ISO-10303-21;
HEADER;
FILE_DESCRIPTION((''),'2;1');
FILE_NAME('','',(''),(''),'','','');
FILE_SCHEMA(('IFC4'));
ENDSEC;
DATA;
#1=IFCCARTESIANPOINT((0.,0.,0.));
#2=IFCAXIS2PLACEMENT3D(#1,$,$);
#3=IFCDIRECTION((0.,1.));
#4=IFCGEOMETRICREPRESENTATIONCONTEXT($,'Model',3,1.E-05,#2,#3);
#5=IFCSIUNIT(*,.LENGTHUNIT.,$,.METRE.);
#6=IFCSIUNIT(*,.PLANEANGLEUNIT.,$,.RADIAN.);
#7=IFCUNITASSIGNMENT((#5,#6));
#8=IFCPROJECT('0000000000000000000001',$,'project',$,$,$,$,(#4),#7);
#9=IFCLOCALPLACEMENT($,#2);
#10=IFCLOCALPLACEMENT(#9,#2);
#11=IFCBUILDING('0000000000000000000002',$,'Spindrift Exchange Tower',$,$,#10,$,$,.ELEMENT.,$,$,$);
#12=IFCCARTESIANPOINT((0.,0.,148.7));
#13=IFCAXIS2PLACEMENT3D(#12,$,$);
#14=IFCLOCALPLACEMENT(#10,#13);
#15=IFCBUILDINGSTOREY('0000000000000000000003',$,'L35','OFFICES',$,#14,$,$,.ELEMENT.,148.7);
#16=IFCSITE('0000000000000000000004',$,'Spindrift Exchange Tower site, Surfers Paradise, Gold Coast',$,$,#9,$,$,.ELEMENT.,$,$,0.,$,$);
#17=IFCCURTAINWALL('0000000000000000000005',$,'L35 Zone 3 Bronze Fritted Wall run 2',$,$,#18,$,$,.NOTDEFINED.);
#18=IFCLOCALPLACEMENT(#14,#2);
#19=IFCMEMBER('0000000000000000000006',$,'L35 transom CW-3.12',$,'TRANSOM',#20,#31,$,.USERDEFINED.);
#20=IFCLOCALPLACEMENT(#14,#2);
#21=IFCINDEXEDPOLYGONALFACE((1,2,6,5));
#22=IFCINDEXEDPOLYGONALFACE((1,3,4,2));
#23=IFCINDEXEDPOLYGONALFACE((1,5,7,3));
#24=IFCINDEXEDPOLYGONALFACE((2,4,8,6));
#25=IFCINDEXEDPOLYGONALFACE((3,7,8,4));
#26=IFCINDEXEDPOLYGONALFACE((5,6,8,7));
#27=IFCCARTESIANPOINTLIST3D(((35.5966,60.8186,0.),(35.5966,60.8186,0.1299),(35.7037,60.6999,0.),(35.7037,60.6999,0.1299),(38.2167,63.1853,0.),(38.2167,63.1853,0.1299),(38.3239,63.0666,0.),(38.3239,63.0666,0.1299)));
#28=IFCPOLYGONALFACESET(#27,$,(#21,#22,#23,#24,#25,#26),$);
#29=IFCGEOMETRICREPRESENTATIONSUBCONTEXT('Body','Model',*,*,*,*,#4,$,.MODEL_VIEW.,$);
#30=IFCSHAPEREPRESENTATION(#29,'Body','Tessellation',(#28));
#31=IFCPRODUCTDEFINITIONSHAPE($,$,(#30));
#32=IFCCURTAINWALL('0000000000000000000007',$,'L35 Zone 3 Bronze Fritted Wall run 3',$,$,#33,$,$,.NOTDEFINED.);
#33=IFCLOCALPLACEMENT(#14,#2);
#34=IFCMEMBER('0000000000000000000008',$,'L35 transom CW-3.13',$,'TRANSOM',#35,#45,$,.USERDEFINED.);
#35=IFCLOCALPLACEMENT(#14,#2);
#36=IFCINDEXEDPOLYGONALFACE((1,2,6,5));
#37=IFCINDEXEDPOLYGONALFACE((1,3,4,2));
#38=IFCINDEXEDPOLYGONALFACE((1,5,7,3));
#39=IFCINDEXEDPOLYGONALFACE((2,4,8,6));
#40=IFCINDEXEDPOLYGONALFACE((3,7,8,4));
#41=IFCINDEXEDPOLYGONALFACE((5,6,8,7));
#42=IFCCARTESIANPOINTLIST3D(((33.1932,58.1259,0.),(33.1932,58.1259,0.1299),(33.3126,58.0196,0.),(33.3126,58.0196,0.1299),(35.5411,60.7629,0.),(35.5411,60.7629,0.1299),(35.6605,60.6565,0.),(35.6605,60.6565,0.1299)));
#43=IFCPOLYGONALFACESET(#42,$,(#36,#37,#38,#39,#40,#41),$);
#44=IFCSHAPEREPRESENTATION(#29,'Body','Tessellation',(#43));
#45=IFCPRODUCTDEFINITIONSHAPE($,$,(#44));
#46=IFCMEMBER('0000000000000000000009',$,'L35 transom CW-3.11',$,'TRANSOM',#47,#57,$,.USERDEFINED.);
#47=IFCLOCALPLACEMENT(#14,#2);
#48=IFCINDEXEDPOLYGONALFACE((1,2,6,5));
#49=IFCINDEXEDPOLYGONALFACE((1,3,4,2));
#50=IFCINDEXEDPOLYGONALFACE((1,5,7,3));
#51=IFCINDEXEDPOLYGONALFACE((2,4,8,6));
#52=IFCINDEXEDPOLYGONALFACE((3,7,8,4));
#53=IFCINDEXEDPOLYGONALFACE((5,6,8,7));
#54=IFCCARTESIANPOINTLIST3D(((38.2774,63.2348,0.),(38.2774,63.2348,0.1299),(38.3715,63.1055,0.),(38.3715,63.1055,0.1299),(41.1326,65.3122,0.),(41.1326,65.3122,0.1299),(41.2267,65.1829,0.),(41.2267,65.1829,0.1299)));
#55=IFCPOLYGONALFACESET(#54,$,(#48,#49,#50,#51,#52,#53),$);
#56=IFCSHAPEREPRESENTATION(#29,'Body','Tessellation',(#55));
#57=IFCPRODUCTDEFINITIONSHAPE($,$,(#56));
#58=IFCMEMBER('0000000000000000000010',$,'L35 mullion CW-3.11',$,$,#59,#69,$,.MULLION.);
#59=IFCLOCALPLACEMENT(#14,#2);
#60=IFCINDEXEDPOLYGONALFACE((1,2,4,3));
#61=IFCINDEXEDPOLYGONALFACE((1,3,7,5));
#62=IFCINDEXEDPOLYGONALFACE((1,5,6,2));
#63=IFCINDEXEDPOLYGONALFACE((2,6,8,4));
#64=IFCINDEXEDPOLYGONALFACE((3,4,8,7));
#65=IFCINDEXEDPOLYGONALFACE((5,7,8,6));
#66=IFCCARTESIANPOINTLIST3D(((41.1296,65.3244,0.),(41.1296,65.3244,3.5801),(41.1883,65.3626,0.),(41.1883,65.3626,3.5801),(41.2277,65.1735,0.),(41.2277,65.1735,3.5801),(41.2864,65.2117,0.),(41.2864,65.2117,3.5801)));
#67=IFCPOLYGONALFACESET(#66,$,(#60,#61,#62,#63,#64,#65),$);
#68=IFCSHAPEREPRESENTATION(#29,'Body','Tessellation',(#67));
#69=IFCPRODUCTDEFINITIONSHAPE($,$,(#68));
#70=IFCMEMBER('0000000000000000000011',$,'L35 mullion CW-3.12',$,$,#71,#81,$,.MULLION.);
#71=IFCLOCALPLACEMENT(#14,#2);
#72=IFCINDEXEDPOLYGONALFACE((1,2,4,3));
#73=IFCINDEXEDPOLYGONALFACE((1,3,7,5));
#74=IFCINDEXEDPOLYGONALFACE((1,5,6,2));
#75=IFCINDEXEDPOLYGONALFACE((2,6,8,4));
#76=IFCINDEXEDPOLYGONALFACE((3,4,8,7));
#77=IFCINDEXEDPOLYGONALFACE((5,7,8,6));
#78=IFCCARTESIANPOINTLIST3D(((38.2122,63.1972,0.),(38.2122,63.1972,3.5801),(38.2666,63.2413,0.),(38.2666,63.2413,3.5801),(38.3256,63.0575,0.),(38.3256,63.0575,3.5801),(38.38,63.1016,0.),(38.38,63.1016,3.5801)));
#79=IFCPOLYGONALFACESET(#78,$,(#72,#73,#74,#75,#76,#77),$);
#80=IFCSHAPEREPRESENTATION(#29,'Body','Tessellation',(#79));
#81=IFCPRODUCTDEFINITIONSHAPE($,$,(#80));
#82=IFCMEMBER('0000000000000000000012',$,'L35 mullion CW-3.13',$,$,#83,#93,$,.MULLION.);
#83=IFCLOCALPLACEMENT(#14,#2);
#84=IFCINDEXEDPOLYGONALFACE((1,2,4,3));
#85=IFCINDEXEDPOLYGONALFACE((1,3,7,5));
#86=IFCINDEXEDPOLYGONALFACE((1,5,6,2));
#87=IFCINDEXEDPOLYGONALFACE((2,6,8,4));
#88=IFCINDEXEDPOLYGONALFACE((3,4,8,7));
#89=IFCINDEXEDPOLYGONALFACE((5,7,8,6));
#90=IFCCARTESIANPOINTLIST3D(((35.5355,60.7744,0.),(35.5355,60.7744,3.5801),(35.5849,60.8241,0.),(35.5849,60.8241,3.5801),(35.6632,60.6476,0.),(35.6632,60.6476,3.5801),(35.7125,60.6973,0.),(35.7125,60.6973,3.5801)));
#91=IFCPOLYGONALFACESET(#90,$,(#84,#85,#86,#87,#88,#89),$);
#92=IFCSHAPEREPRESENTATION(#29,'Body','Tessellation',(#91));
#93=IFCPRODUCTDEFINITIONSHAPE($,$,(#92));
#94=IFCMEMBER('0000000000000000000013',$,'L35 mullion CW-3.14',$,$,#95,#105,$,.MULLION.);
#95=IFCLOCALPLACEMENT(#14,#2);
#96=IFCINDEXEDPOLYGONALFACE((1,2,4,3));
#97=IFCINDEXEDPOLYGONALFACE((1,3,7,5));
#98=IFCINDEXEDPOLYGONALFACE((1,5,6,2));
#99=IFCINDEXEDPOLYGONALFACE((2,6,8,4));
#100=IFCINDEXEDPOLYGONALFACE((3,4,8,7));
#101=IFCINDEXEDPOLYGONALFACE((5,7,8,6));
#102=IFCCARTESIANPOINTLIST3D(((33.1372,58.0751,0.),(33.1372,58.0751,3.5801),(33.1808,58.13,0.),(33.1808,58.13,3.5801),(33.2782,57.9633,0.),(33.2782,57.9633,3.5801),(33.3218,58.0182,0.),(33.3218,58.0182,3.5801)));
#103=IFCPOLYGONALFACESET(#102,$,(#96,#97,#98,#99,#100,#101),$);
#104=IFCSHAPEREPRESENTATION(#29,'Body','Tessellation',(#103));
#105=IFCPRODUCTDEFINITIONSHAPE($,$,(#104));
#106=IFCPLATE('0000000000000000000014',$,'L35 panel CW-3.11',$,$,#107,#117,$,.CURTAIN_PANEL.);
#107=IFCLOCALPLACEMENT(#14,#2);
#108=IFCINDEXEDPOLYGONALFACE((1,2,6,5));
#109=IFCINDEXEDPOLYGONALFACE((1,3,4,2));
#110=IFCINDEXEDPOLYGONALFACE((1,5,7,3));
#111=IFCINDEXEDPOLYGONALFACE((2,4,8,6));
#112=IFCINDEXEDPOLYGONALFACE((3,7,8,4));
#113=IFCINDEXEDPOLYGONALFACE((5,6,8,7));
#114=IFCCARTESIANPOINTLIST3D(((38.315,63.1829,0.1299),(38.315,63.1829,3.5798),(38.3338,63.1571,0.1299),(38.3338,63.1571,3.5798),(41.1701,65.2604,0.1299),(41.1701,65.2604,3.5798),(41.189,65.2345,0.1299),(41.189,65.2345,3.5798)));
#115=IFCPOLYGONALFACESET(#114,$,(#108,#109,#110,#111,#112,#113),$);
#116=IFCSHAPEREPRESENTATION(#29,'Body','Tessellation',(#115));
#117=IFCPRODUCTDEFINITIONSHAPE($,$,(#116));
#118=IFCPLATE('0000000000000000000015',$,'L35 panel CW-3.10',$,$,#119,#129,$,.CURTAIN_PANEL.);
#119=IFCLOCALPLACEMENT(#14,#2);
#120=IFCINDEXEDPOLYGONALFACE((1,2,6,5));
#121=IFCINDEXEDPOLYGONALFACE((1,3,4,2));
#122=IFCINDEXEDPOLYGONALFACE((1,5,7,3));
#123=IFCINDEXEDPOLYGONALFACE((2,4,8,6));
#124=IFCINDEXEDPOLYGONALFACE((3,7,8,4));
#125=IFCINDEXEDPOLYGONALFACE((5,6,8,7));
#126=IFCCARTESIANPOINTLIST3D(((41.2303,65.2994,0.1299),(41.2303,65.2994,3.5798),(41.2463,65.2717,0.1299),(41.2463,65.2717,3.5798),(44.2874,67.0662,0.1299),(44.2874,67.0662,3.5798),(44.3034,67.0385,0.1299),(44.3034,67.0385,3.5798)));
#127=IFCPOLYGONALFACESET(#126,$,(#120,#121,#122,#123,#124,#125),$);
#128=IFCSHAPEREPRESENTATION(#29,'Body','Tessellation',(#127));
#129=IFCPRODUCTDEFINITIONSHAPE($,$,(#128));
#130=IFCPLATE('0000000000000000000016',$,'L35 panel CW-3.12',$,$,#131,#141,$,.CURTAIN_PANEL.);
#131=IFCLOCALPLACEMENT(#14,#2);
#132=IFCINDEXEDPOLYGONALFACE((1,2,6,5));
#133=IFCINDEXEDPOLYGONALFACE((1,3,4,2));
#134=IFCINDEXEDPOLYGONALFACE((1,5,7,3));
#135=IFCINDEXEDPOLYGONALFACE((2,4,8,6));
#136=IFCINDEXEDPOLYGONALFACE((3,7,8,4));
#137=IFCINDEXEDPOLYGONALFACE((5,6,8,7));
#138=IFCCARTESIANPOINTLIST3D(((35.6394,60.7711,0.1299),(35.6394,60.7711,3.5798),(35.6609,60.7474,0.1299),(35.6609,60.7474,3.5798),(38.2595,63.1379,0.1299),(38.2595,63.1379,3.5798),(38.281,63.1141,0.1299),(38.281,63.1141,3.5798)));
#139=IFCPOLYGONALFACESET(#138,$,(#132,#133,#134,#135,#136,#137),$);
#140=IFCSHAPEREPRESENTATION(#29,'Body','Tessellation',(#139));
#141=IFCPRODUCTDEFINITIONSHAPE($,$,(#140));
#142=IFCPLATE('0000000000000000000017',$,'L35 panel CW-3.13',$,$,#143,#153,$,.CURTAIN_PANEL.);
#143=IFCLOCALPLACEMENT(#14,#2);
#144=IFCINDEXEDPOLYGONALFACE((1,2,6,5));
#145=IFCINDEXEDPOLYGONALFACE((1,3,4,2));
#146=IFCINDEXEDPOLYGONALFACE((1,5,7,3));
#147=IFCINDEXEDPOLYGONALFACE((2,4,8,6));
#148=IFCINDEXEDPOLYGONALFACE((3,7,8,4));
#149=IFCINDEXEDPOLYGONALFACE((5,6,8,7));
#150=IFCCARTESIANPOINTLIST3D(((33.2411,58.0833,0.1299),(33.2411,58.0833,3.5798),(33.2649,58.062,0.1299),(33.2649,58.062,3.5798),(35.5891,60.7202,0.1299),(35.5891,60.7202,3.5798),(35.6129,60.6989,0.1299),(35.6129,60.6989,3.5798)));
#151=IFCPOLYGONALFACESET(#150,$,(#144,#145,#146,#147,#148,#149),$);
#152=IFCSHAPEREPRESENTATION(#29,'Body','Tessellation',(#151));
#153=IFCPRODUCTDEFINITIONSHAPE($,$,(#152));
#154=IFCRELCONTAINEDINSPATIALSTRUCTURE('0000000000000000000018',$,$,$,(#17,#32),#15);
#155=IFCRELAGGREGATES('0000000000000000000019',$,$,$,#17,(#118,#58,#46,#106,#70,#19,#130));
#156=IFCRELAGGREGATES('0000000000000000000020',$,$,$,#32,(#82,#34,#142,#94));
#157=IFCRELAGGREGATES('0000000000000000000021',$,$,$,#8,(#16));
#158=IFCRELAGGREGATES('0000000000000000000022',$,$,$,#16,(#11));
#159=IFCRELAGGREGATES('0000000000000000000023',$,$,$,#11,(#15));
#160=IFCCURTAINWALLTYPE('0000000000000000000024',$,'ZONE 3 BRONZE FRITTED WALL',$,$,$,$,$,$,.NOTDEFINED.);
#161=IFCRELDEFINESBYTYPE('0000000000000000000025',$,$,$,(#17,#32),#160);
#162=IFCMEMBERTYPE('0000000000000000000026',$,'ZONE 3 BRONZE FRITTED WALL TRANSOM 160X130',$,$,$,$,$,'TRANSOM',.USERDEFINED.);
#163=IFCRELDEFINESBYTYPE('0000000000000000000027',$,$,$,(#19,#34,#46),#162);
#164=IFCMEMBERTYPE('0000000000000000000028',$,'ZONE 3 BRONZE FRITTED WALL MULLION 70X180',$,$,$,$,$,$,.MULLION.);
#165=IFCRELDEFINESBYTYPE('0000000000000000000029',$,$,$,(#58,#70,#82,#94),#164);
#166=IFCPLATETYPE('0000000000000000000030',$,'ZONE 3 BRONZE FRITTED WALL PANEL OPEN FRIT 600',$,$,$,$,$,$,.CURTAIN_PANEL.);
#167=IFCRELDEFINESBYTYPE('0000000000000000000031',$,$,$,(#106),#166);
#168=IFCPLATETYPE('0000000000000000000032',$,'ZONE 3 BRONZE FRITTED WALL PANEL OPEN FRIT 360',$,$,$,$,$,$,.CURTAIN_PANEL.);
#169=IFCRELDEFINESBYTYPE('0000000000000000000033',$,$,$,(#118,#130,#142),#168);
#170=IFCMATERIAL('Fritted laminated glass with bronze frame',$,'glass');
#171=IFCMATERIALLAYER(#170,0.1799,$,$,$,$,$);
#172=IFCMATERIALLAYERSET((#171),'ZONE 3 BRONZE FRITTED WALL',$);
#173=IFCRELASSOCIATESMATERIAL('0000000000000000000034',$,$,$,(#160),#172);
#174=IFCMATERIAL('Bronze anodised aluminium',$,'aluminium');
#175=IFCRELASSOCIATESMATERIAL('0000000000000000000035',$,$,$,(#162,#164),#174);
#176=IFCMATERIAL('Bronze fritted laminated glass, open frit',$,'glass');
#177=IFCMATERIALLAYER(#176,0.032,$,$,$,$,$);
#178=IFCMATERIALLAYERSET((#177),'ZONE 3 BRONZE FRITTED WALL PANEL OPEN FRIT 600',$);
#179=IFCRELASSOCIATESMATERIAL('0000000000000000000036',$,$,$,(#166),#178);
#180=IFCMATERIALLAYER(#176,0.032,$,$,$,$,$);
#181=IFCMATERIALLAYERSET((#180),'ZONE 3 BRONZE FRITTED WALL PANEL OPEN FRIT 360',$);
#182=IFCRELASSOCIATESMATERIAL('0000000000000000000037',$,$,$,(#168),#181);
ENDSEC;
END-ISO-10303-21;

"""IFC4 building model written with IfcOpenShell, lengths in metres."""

from ifc_helpers import new_model, si_unit, direction, frame, origin, origin_2d, place, context, subcontext, project, spatial, rectangle, extrude, source, transform, mapped, material, layer, layer_set, material_profile, profile_set, type_object, element, aggregate, save


model = new_model("IFC4")

# Units and contexts
model_context = context("Model", 3, precision=1e-05, world=origin(), true_north=direction((0.0, 1.0)))
body_context = subcontext(model_context, "Body", "Model", "MODEL_VIEW")
ifc_project = project(units=[si_unit("LENGTHUNIT", "METRE"), si_unit("PLANEANGLEUNIT", "RADIAN")], contexts=[model_context])

# Site, building, storey
site_placement = place(None, origin())
site = spatial("IfcSite", under=ifc_project, at=site_placement, Name="Spindrift Exchange Tower site, Surfers Paradise, Gold Coast", CompositionType="ELEMENT", RefElevation=0.0)
building_placement = place(site_placement, origin())
building = spatial("IfcBuilding", under=site, at=building_placement, Name="Spindrift Exchange Tower", CompositionType="ELEMENT")
storey_placement = place(building_placement, frame((0.0, 0.0, 148.7)))
storey = spatial("IfcBuildingStorey", under=building, at=storey_placement, Name="L35", Description="OFFICES", CompositionType="ELEMENT", Elevation=148.7)

# Curtain walls, members
ifc_material_1 = material(Name="Fritted laminated glass with bronze frame", Category="glass")
ifc_layer_1 = layer(ifc_material_1, 0.1799)
ifc_layer_set_1 = layer_set([ifc_layer_1], Name="ZONE 3 BRONZE FRITTED WALL")
curtain_wall_type = type_object("IfcCurtainWallType", Name="ZONE 3 BRONZE FRITTED WALL", PredefinedType="NOTDEFINED", material=ifc_layer_set_1)
curtain_wall_1_placement = place(storey_placement, origin())
curtain_wall_1 = element("IfcCurtainWall", 1, at=curtain_wall_1_placement, inside=storey, type_object=curtain_wall_type, Name="L35 Zone 3 Bronze Fritted Wall run 2", PredefinedType="NOTDEFINED")
ifc_material_2 = material(Name="Bronze anodised aluminium", Category="aluminium")
ifc_material_profile_1 = material_profile(ifc_material_2, rectangle(XDim=0.1599, YDim=0.1299, at=origin_2d()), Name="ZONE 3 BRONZE FRITTED WALL TRANSOM 160X130")
ifc_profile_set_1 = profile_set([ifc_material_profile_1], Name="Bronze anodised aluminium")
member_type_1 = type_object("IfcMemberType", Name="ZONE 3 BRONZE FRITTED WALL TRANSOM 160X130", ElementType="TRANSOM", PredefinedType="USERDEFINED", material=ifc_profile_set_1)
shared_shape_1 = source(origin(), body_context, "Body", "SweptSolid", [
    extrude(rectangle(XDim=0.1599, YDim=0.1299, at=origin_2d()), origin(), (0.0, 0.0, 1.0), 3.5308),
])
member_1_placement = place(storey_placement, frame((38.2703, 63.126, 0.0649), z_axis=(-0.742083, -0.670308, 0.0), x_axis=(0.670308, -0.742083, 0.0)))
member_1 = element("IfcMember", 2, at=member_1_placement, type_object=member_type_1, Name="L35 transom CW-3.12", ObjectType="TRANSOM", PredefinedType="USERDEFINED", context=body_context, shape_type="MappedRepresentation", body=[
    mapped(shared_shape_1, transform((0.0, 0.0, 0.0), scale=1.0)),
])
curtain_wall_2_placement = place(storey_placement, origin())
curtain_wall_2 = element("IfcCurtainWall", 3, at=curtain_wall_2_placement, inside=storey, type_object=curtain_wall_type, Name="L35 Zone 3 Bronze Fritted Wall run 3", PredefinedType="NOTDEFINED")
member_2_placement = place(storey_placement, frame((35.6008, 60.7097, 0.0649), z_axis=(-0.664986, -0.746856, 0.0), x_axis=(0.746856, -0.664986, 0.0)))
member_2 = element("IfcMember", 4, at=member_2_placement, type_object=member_type_1, Name="L35 transom CW-3.13", ObjectType="TRANSOM", PredefinedType="USERDEFINED", context=body_context, shape_type="MappedRepresentation", body=[
    mapped(shared_shape_1, transform((0.0, 0.0, 0.0), scale=1.0)),
])

# Members
shared_shape_2 = source(origin(), body_context, "Body", "SweptSolid", [
    extrude(rectangle(XDim=0.1599, YDim=0.1299, at=origin_2d()), origin(), (0.0, 0.0, 1.0), 3.531),
])
member_3_placement = place(storey_placement, frame((41.1797, 65.2476, 0.0649), z_axis=(-0.808619, -0.588332, 0.0), x_axis=(0.588332, -0.808619, 0.0)))
member_3 = element("IfcMember", 5, at=member_3_placement, type_object=member_type_1, Name="L35 transom CW-3.11", ObjectType="TRANSOM", PredefinedType="USERDEFINED", context=body_context, shape_type="MappedRepresentation", body=[
    mapped(shared_shape_2, transform((0.0, 0.0, 0.0), scale=1.0)),
])
ifc_material_profile_2 = material_profile(ifc_material_2, rectangle(XDim=0.0701, YDim=0.1799, at=origin_2d()), Name="ZONE 3 BRONZE FRITTED WALL MULLION 70X180")
ifc_profile_set_2 = profile_set([ifc_material_profile_2], Name="Bronze anodised aluminium")
member_type_2 = type_object("IfcMemberType", Name="ZONE 3 BRONZE FRITTED WALL MULLION 70X180", PredefinedType="MULLION", material=ifc_profile_set_2)
shared_shape_3 = source(origin(), body_context, "Body", "SweptSolid", [
    extrude(rectangle(XDim=0.0701, YDim=0.1799, at=origin_2d()), origin(), (0.0, 0.0, 1.0), 3.5801),
])
member_4_placement = place(storey_placement, frame((41.208, 65.2681, 0.0), z_axis=(0.0, 0.0, 1.0), x_axis=(-0.838362, -0.545115, 0.0)))
member_4 = element("IfcMember", 6, at=member_4_placement, type_object=member_type_2, Name="L35 mullion CW-3.11", PredefinedType="MULLION", context=body_context, shape_type="MappedRepresentation", body=[
    mapped(shared_shape_3, transform((0.0, 0.0, 0.0), scale=1.0)),
])
member_5_placement = place(storey_placement, frame((38.2961, 63.1494, 0.0), z_axis=(0.0, 0.0, 1.0), x_axis=(-0.776422, -0.630213, 0.0)))
member_5 = element("IfcMember", 7, at=member_5_placement, type_object=member_type_2, Name="L35 mullion CW-3.12", PredefinedType="MULLION", context=body_context, shape_type="MappedRepresentation", body=[
    mapped(shared_shape_3, transform((0.0, 0.0, 0.0), scale=1.0)),
])
member_6_placement = place(storey_placement, frame((35.624, 60.7358, 0.0), z_axis=(0.0, 0.0, 1.0), x_axis=(-0.704584, -0.70962, 0.0)))
member_6 = element("IfcMember", 8, at=member_6_placement, type_object=member_type_2, Name="L35 mullion CW-3.13", PredefinedType="MULLION", context=body_context, shape_type="MappedRepresentation", body=[
    mapped(shared_shape_3, transform((0.0, 0.0, 0.0), scale=1.0)),
])
member_7_placement = place(storey_placement, frame((33.2295, 58.0466, 0.0), z_axis=(0.0, 0.0, 1.0), x_axis=(-0.621248, -0.783614, 0.0)))
member_7 = element("IfcMember", 9, at=member_7_placement, type_object=member_type_2, Name="L35 mullion CW-3.14", PredefinedType="MULLION", context=body_context, shape_type="MappedRepresentation", body=[
    mapped(shared_shape_3, transform((0.0, 0.0, 0.0), scale=1.0)),
])

# Plates
ifc_material_3 = material(Name="Bronze fritted laminated glass, open frit", Category="glass")
ifc_layer_2 = layer(ifc_material_3, 0.032)
ifc_layer_set_2 = layer_set([ifc_layer_2], Name="ZONE 3 BRONZE FRITTED WALL PANEL OPEN FRIT 600")
plate_type_1 = type_object("IfcPlateType", Name="ZONE 3 BRONZE FRITTED WALL PANEL OPEN FRIT 600", PredefinedType="CURTAIN_PANEL", material=ifc_layer_set_2)
shared_shape_4 = source(origin(), body_context, "Body", "SweptSolid", [
    extrude(rectangle(XDim=3.531, YDim=0.032, at=origin_2d()), origin(), (0.0, 0.0, 1.0), 3.45),
])
plate_1_placement = place(storey_placement, frame((39.752, 64.2087, 0.1299), z_axis=(0.0, 0.0, 1.0), x_axis=(-0.808604, -0.588353, 0.0)))
plate_1 = element("IfcPlate", 10, at=plate_1_placement, type_object=plate_type_1, Name="L35 panel CW-3.11", PredefinedType="CURTAIN_PANEL", context=body_context, shape_type="MappedRepresentation", body=[
    mapped(shared_shape_4, transform((0.0, 0.0, 0.0), scale=1.0)),
])
ifc_layer_3 = layer(ifc_material_3, 0.032)
ifc_layer_set_3 = layer_set([ifc_layer_3], Name="ZONE 3 BRONZE FRITTED WALL PANEL OPEN FRIT 360")
plate_type_2 = type_object("IfcPlateType", Name="ZONE 3 BRONZE FRITTED WALL PANEL OPEN FRIT 360", PredefinedType="CURTAIN_PANEL", material=ifc_layer_set_3)
shared_shape_5 = source(origin(), body_context, "Body", "SweptSolid", [
    extrude(rectangle(XDim=3.531, YDim=0.032, at=origin_2d()), origin(), (0.0, 0.0, 1.0), 3.45),
])
plate_2_placement = place(storey_placement, frame((42.7668, 66.1689, 0.1299), z_axis=(0.0, 0.0, 1.0), x_axis=(-0.86581, -0.500373, 0.0)))
plate_2 = element("IfcPlate", 11, at=plate_2_placement, type_object=plate_type_2, Name="L35 panel CW-3.10", PredefinedType="CURTAIN_PANEL", context=body_context, shape_type="MappedRepresentation", body=[
    mapped(shared_shape_5, transform((0.0, 0.0, 0.0), scale=1.0)),
])
shared_shape_6 = source(origin(), body_context, "Body", "SweptSolid", [
    extrude(rectangle(XDim=3.5308, YDim=0.032, at=origin_2d()), origin(), (0.0, 0.0, 1.0), 3.45),
])
plate_3_placement = place(storey_placement, frame((36.9602, 61.9426, 0.1299), z_axis=(0.0, 0.0, 1.0), x_axis=(-0.742076, -0.670315, 0.0)))
plate_3 = element("IfcPlate", 12, at=plate_3_placement, type_object=plate_type_2, Name="L35 panel CW-3.12", PredefinedType="CURTAIN_PANEL", context=body_context, shape_type="MappedRepresentation", body=[
    mapped(shared_shape_6, transform((0.0, 0.0, 0.0), scale=1.0)),
])
aggregate(curtain_wall_1, [plate_2, member_4, member_3, plate_1, member_5, member_1, plate_3])
plate_4_placement = place(storey_placement, frame((34.427, 59.3911, 0.1299), z_axis=(0.0, 0.0, 1.0), x_axis=(-0.665014, -0.746831, 0.0)))
plate_4 = element("IfcPlate", 13, at=plate_4_placement, type_object=plate_type_2, Name="L35 panel CW-3.13", PredefinedType="CURTAIN_PANEL", context=body_context, shape_type="MappedRepresentation", body=[
    mapped(shared_shape_6, transform((0.0, 0.0, 0.0), scale=1.0)),
])
aggregate(curtain_wall_2, [member_6, member_2, plate_4, member_7])

save(model, "model.ifc")
